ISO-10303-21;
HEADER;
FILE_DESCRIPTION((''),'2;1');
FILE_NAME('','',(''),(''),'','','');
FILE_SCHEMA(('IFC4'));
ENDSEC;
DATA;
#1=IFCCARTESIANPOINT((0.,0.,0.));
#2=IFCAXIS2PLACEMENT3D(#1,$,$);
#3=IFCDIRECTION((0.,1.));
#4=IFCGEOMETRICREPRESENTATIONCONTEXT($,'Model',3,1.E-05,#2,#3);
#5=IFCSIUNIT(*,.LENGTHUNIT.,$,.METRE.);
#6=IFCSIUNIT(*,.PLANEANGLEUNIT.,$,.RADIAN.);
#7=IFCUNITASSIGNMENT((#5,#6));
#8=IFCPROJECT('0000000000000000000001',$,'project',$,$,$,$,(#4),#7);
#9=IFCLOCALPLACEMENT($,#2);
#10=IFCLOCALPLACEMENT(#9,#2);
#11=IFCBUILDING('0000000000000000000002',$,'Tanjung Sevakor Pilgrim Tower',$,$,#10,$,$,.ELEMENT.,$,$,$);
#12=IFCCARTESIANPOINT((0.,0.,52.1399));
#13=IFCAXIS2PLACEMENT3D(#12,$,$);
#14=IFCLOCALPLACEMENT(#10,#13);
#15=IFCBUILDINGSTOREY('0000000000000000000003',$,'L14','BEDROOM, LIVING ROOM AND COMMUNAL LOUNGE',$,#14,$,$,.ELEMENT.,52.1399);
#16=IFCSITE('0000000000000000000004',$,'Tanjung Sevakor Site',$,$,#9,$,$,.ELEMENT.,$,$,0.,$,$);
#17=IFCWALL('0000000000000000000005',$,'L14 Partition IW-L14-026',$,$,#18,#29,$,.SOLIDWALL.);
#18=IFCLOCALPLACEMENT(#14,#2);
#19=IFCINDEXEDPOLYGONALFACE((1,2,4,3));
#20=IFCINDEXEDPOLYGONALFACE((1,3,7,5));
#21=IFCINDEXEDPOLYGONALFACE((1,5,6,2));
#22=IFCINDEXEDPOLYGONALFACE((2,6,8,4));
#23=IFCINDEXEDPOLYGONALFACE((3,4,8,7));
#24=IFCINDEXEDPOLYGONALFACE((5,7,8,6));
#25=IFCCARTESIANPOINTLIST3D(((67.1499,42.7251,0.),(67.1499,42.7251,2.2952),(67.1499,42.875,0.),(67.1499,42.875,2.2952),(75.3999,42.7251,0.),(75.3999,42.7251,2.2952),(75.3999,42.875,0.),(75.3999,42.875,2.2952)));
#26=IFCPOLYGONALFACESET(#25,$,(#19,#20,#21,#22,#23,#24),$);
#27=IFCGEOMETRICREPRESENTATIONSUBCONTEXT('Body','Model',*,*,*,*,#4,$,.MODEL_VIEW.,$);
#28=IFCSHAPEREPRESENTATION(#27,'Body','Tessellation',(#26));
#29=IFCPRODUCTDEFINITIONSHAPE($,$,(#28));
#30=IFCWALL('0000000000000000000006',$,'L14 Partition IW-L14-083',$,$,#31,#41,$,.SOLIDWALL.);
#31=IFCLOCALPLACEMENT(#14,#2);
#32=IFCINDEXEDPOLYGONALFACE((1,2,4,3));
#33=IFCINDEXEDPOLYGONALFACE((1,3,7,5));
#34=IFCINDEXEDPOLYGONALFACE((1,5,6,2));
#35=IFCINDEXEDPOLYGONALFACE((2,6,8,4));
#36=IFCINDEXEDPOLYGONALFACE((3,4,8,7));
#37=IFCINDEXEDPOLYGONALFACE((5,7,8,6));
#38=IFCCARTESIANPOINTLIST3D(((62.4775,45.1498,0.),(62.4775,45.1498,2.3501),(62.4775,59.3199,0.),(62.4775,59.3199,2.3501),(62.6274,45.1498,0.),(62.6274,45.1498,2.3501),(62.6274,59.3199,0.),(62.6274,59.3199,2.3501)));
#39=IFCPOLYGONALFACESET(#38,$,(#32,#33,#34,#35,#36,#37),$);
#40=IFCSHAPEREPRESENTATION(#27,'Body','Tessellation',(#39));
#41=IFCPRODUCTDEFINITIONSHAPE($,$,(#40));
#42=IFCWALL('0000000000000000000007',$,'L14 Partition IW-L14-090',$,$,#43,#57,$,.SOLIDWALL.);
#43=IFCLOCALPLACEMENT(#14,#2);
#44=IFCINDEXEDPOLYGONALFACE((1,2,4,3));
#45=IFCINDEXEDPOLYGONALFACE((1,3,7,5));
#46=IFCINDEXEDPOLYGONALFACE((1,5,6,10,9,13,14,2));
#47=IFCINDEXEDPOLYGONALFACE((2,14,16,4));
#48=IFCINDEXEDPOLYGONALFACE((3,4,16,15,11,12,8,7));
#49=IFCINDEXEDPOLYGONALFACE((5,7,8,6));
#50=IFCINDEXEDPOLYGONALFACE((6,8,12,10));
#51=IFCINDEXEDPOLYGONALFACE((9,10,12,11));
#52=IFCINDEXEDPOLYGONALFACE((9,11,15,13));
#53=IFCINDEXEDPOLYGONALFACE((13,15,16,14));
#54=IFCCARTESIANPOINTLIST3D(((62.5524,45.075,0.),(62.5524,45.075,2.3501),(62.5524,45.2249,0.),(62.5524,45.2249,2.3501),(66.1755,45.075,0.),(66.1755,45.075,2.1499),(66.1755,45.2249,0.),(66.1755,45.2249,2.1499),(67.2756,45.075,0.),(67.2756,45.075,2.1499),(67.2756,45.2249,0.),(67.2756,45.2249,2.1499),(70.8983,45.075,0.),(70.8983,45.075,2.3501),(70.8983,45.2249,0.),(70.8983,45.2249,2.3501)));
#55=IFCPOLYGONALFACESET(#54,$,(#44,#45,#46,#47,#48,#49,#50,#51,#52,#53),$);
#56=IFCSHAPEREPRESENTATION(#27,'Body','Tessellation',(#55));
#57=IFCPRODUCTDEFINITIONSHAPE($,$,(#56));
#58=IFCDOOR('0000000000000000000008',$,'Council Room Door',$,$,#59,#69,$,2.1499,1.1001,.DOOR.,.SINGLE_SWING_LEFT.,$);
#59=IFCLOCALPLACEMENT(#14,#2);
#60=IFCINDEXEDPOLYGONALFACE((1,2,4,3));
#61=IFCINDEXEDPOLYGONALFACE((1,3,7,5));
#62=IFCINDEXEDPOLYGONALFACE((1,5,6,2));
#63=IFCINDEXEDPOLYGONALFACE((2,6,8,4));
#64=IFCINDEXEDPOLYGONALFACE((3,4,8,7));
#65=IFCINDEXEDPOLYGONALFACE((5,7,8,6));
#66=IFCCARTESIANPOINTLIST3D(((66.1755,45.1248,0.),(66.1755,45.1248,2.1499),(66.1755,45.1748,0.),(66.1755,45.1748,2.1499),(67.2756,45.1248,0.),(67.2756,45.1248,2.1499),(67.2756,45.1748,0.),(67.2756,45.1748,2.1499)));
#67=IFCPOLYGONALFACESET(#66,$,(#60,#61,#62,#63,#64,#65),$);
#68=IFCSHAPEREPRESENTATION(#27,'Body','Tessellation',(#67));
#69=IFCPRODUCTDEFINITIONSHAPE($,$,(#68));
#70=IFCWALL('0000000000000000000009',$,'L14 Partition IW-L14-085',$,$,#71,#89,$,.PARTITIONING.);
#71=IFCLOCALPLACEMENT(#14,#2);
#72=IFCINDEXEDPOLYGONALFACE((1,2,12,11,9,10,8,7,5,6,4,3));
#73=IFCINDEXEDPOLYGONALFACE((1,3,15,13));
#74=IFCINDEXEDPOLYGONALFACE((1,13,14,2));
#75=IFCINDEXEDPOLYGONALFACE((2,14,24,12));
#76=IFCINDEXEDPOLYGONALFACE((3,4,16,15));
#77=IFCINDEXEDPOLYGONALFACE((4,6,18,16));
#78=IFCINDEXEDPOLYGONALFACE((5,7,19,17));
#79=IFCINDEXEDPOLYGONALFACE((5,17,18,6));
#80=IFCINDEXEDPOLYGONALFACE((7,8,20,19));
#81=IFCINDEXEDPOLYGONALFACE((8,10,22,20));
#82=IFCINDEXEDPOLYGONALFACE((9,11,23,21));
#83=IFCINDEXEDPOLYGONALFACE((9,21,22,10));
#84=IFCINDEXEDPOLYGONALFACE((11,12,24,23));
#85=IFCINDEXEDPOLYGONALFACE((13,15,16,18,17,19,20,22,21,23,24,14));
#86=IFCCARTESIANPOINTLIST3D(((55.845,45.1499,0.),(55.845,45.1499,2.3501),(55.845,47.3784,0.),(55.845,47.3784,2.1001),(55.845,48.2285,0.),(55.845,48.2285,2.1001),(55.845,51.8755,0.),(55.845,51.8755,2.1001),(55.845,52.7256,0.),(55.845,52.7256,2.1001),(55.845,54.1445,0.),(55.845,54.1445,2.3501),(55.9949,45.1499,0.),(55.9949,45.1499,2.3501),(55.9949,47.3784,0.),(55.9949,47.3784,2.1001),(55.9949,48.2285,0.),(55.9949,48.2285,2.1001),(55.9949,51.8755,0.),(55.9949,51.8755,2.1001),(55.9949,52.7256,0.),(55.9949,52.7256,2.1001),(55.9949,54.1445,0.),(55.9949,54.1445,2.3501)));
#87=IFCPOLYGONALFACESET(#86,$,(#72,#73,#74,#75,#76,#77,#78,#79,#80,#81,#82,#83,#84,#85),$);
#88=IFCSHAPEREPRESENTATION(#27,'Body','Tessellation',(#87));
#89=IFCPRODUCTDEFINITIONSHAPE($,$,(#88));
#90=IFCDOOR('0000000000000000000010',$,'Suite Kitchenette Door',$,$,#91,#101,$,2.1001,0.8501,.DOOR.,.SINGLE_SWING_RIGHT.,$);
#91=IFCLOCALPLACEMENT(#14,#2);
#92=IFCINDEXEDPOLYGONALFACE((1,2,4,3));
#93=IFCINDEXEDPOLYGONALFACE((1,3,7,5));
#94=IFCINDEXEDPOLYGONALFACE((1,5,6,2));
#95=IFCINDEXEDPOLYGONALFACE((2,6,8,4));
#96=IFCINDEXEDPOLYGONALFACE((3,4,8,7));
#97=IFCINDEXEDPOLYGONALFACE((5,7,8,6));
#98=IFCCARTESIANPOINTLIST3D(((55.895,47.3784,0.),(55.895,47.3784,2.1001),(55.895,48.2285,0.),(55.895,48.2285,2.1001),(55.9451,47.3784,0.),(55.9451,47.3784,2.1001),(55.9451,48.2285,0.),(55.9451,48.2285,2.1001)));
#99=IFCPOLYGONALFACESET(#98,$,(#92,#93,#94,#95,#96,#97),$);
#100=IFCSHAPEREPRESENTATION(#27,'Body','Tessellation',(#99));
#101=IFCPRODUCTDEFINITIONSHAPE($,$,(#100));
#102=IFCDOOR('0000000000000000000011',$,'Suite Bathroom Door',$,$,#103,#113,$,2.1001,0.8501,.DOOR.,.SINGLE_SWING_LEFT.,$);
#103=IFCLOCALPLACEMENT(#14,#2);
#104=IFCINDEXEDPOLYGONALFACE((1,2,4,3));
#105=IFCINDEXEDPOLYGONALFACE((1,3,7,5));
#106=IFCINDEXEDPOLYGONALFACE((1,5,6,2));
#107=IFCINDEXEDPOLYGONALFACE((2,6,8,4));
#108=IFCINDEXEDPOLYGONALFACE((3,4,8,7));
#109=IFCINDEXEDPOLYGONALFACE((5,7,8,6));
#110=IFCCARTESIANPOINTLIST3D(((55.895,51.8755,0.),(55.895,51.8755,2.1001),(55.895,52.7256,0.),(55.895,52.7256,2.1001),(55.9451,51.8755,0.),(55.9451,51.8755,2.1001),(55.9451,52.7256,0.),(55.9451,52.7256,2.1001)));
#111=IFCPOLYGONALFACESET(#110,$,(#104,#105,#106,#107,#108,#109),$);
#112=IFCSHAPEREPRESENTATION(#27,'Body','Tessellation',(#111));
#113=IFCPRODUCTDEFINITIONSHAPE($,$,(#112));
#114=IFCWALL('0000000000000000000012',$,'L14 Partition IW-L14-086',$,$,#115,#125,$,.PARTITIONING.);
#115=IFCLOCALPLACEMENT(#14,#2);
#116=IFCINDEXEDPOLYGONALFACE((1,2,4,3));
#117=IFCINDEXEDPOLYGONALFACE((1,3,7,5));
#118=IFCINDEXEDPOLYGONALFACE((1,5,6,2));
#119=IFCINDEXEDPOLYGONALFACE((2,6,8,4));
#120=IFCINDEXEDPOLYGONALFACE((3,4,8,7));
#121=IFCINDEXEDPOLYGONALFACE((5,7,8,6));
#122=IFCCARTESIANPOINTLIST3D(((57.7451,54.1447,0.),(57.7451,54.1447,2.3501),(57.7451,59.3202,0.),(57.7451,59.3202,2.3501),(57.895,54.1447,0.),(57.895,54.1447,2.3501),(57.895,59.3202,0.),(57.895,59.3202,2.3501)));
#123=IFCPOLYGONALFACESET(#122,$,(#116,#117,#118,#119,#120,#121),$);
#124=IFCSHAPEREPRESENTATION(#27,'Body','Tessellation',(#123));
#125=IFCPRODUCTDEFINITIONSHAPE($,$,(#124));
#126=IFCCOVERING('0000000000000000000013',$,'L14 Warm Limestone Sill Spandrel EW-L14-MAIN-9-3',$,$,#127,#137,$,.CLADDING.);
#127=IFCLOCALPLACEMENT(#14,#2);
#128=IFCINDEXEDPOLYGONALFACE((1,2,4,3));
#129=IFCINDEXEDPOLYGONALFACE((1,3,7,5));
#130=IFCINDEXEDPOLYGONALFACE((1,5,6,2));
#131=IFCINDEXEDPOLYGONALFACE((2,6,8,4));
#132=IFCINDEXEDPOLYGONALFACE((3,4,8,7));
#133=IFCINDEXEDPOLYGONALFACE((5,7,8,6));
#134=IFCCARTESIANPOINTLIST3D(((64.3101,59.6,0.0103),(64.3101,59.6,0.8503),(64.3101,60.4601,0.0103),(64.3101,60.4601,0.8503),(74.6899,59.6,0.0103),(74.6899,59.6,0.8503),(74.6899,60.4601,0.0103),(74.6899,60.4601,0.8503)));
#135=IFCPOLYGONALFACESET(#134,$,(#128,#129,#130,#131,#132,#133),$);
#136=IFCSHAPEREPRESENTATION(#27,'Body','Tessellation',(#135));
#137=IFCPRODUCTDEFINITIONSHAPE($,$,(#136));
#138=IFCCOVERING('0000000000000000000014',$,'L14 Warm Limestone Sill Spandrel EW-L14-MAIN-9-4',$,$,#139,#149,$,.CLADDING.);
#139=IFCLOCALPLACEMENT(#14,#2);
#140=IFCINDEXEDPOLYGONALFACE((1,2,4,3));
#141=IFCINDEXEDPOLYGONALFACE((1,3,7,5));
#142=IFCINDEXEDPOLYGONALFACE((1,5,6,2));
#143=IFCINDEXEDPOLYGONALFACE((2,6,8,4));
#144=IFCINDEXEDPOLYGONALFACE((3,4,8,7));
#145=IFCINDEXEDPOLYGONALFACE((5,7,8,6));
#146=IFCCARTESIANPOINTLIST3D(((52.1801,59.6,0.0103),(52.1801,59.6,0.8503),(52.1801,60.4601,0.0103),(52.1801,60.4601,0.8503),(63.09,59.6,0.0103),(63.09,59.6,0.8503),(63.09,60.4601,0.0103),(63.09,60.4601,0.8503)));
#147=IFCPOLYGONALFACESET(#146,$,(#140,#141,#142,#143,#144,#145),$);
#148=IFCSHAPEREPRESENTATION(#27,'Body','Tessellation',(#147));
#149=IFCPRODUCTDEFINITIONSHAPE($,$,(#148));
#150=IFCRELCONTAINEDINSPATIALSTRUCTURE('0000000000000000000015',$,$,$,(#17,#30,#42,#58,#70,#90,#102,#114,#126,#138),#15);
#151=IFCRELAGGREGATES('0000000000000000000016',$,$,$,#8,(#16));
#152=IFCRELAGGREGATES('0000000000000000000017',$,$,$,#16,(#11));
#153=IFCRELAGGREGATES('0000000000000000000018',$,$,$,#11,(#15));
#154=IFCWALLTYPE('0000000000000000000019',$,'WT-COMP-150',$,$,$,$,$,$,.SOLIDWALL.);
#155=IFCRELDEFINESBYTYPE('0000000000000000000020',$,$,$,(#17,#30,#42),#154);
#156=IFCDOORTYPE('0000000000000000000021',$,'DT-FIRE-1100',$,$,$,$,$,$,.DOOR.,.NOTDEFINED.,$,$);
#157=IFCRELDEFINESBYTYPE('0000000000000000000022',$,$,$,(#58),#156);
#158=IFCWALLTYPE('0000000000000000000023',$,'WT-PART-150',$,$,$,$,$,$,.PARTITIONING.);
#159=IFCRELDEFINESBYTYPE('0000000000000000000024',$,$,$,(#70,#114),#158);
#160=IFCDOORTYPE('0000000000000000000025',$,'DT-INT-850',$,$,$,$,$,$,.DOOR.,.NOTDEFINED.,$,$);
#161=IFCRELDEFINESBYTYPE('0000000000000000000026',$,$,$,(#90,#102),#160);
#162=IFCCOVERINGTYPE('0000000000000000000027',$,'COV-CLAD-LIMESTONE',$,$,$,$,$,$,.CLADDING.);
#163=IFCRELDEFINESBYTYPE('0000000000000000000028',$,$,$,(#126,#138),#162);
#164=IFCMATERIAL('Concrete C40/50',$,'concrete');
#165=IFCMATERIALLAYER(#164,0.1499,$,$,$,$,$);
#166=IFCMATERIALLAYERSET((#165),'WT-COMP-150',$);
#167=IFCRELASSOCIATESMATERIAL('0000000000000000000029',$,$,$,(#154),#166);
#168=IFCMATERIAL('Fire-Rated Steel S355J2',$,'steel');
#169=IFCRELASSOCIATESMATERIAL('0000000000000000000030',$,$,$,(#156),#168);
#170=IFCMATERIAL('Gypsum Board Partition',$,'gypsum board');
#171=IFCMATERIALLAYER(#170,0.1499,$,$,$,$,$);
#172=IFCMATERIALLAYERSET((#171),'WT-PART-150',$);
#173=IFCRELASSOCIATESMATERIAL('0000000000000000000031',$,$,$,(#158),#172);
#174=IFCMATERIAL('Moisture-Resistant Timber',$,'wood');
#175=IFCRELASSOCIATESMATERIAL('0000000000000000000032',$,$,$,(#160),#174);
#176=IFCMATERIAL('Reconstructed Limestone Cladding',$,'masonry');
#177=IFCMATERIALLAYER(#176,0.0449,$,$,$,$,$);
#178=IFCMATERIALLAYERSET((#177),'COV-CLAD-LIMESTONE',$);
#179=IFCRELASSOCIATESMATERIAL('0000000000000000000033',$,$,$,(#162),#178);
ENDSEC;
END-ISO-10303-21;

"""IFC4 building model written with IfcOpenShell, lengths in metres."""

from ifc_helpers import new_model, si_unit, direction, frame, frame_2d, origin, origin_2d, place, context, subcontext, project, spatial, rectangle, extrude, material, layer, layer_set, type_object, element, fill, save


model = new_model("IFC4")

# Units and contexts
model_context = context("Model", 3, precision=1e-05, world=origin(), true_north=direction((0.0, 1.0)))
body_context = subcontext(model_context, "Body", "Model", "MODEL_VIEW")
ifc_project = project(units=[si_unit("LENGTHUNIT", "METRE"), si_unit("PLANEANGLEUNIT", "RADIAN")], contexts=[model_context])

# Site, building, storey
site_placement = place(None, origin())
site = spatial("IfcSite", under=ifc_project, at=site_placement, Name="Tanjung Sevakor Site", CompositionType="ELEMENT", RefElevation=0.0)
building_placement = place(site_placement, origin())
building = spatial("IfcBuilding", under=site, at=building_placement, Name="Tanjung Sevakor Pilgrim Tower", CompositionType="ELEMENT")
storey_placement = place(building_placement, frame((0.0, 0.0, 52.1399)))
storey = spatial("IfcBuildingStorey", under=building, at=storey_placement, Name="L14", Description="BEDROOM, LIVING ROOM AND COMMUNAL LOUNGE", CompositionType="ELEMENT", Elevation=52.1399)

# Walls
ifc_material_1 = material(Name="Concrete C40/50", Category="concrete")
ifc_layer_1 = layer(ifc_material_1, 0.1499)
ifc_layer_set_1 = layer_set([ifc_layer_1], Name="WT-COMP-150")
wall_type_1 = type_object("IfcWallType", Name="WT-COMP-150", PredefinedType="SOLIDWALL", material=ifc_layer_set_1)
wall_1_placement = place(storey_placement, frame((67.1499, 42.8, 0.0), z_axis=(0.0, 0.0, 1.0), x_axis=(1.0, 0.0, 0.0)))
element("IfcWall", 1, at=wall_1_placement, inside=storey, type_object=wall_type_1, Name="L14 Partition IW-L14-026", PredefinedType="SOLIDWALL", context=body_context, shape_type="SweptSolid", body=[
    extrude(rectangle(XDim=8.25, YDim=0.1499, at=frame_2d((4.125, 0.0))), origin(), (0.0, 0.0, 1.0), 2.2952),
])
wall_2_placement = place(storey_placement, frame((62.5525, 45.1499, 0.0), z_axis=(0.0, 0.0, 1.0), x_axis=(0.0, 1.0, 0.0)))
element("IfcWall", 2, at=wall_2_placement, inside=storey, type_object=wall_type_1, Name="L14 Partition IW-L14-083", PredefinedType="SOLIDWALL", context=body_context, shape_type="SweptSolid", body=[
    extrude(rectangle(XDim=14.1702, YDim=0.1499, at=frame_2d((7.085, 0.0))), origin(), (0.0, 0.0, 1.0), 2.3501),
])

# Wall, opening, door
wall_3_placement = place(storey_placement, frame((62.5525, 45.1499, 0.0), z_axis=(0.0, 0.0, 1.0), x_axis=(1.0, 0.0, 0.0)))
wall_3 = element("IfcWall", 3, at=wall_3_placement, inside=storey, type_object=wall_type_1, Name="L14 Partition IW-L14-090", PredefinedType="SOLIDWALL", context=body_context, shape_type="SweptSolid", body=[
    extrude(rectangle(XDim=8.3459, YDim=0.1499, at=frame_2d((4.1729, 0.0))), origin(), (0.0, 0.0, 1.0), 2.3501),
])
opening_1_placement = place(wall_3_placement, frame((3.623, 0.0, 0.0)))
opening_1 = element("IfcOpeningElement", 4, at=opening_1_placement, cuts=wall_3, PredefinedType="OPENING", context=body_context, shape_type="SweptSolid", body=[
    extrude(rectangle(XDim=1.1001, YDim=2.1499, at=frame_2d((0.55, 1.075))), frame((0.0, 0.085, 0.0), z_axis=(0.0, -1.0, 0.0), x_axis=(1.0, 0.0, 0.0)), (0.0, 0.0, 1.0), 0.1699),
])
ifc_material_2 = material(Name="Fire-Rated Steel S355J2", Category="steel")
door_type_1 = type_object("IfcDoorType", Name="DT-FIRE-1100", OperationType="NOTDEFINED", PredefinedType="DOOR", material=ifc_material_2)
door_1_placement = place(opening_1_placement, origin())
door_1 = element("IfcDoor", 5, at=door_1_placement, inside=storey, type_object=door_type_1, Name="Council Room Door", OperationType="SINGLE_SWING_LEFT", OverallHeight=2.1499, OverallWidth=1.1001, PredefinedType="DOOR", context=body_context, shape_type="SweptSolid", body=[
    extrude(rectangle(XDim=1.1001, YDim=2.1499, at=frame_2d((0.55, 1.075))), frame((0.0, 0.0249, 0.0), z_axis=(0.0, -1.0, 0.0), x_axis=(1.0, 0.0, 0.0)), (0.0, 0.0, 1.0), 0.05),
])
fill(opening_1, door_1)

# Wall, openings, doors
ifc_material_3 = material(Name="Gypsum Board Partition", Category="gypsum board")
ifc_layer_2 = layer(ifc_material_3, 0.1499)
ifc_layer_set_2 = layer_set([ifc_layer_2], Name="WT-PART-150")
wall_type_2 = type_object("IfcWallType", Name="WT-PART-150", PredefinedType="PARTITIONING", material=ifc_layer_set_2)
wall_4_placement = place(storey_placement, frame((55.9199, 45.1499, 0.0), z_axis=(0.0, 0.0, 1.0), x_axis=(0.0, 1.0, 0.0)))
wall_4 = element("IfcWall", 6, at=wall_4_placement, inside=storey, type_object=wall_type_2, Name="L14 Partition IW-L14-085", PredefinedType="PARTITIONING", context=body_context, shape_type="SweptSolid", body=[
    extrude(rectangle(XDim=8.9946, YDim=0.1499, at=frame_2d((4.4973, 0.0))), origin(), (0.0, 0.0, 1.0), 2.3501),
])
opening_2_placement = place(wall_4_placement, frame((2.2285, 0.0, 0.0)))
opening_2 = element("IfcOpeningElement", 7, at=opening_2_placement, cuts=wall_4, PredefinedType="OPENING", context=body_context, shape_type="SweptSolid", body=[
    extrude(rectangle(XDim=0.8501, YDim=2.1001, at=frame_2d((0.425, 1.05))), frame((0.0, 0.085, 0.0), z_axis=(0.0, -1.0, 0.0), x_axis=(1.0, 0.0, 0.0)), (0.0, 0.0, 1.0), 0.1699),
])
opening_3_placement = place(wall_4_placement, frame((6.7256, 0.0, 0.0)))
opening_3 = element("IfcOpeningElement", 8, at=opening_3_placement, cuts=wall_4, PredefinedType="OPENING", context=body_context, shape_type="SweptSolid", body=[
    extrude(rectangle(XDim=0.8501, YDim=2.1001, at=frame_2d((0.425, 1.05))), frame((0.0, 0.085, 0.0), z_axis=(0.0, -1.0, 0.0), x_axis=(1.0, 0.0, 0.0)), (0.0, 0.0, 1.0), 0.1699),
])
ifc_material_4 = material(Name="Moisture-Resistant Timber", Category="wood")
door_type_2 = type_object("IfcDoorType", Name="DT-INT-850", OperationType="NOTDEFINED", PredefinedType="DOOR", material=ifc_material_4)
door_2_placement = place(opening_2_placement, origin())
door_2 = element("IfcDoor", 9, at=door_2_placement, inside=storey, type_object=door_type_2, Name="Suite Kitchenette Door", OperationType="SINGLE_SWING_RIGHT", OverallHeight=2.1001, OverallWidth=0.8501, PredefinedType="DOOR", context=body_context, shape_type="SweptSolid", body=[
    extrude(rectangle(XDim=0.8501, YDim=2.1001, at=frame_2d((0.425, 1.05))), frame((0.0, 0.0249, 0.0), z_axis=(0.0, -1.0, 0.0), x_axis=(1.0, 0.0, 0.0)), (0.0, 0.0, 1.0), 0.05),
])
fill(opening_2, door_2)
door_3_placement = place(opening_3_placement, origin())
door_3 = element("IfcDoor", 10, at=door_3_placement, inside=storey, type_object=door_type_2, Name="Suite Bathroom Door", OperationType="SINGLE_SWING_LEFT", OverallHeight=2.1001, OverallWidth=0.8501, PredefinedType="DOOR", context=body_context, shape_type="SweptSolid", body=[
    extrude(rectangle(XDim=0.8501, YDim=2.1001, at=frame_2d((0.425, 1.05))), frame((0.0, 0.0249, 0.0), z_axis=(0.0, -1.0, 0.0), x_axis=(1.0, 0.0, 0.0)), (0.0, 0.0, 1.0), 0.05),
])
fill(opening_3, door_3)

# Wall
wall_5_placement = place(storey_placement, frame((57.8201, 54.1445, 0.0), z_axis=(0.0, 0.0, 1.0), x_axis=(0.0, 1.0, 0.0)))
element("IfcWall", 11, at=wall_5_placement, inside=storey, type_object=wall_type_2, Name="L14 Partition IW-L14-086", PredefinedType="PARTITIONING", context=body_context, shape_type="SweptSolid", body=[
    extrude(rectangle(XDim=5.1755, YDim=0.1499, at=frame_2d((2.5879, 0.0))), origin(), (0.0, 0.0, 1.0), 2.3501),
])

# Coverings
ifc_material_5 = material(Name="Reconstructed Limestone Cladding", Category="masonry")
ifc_layer_3 = layer(ifc_material_5, 0.0449)
ifc_layer_set_3 = layer_set([ifc_layer_3], Name="COV-CLAD-LIMESTONE")
covering_type = type_object("IfcCoveringType", Name="COV-CLAD-LIMESTONE", PredefinedType="CLADDING", material=ifc_layer_set_3)
covering_1_placement = place(storey_placement, frame((69.5, 60.03, 0.0103), z_axis=(0.0, 0.0, 1.0), x_axis=(-1.0, 0.0, 0.0)))
element("IfcCovering", 12, at=covering_1_placement, inside=storey, type_object=covering_type, Name="L14 Warm Limestone Sill Spandrel EW-L14-MAIN-9-3", PredefinedType="CLADDING", context=body_context, shape_type="SweptSolid", body=[
    extrude(rectangle(XDim=10.3799, YDim=0.8601, at=origin_2d()), origin(), (0.0, 0.0, 1.0), 0.8401),
])
covering_2_placement = place(storey_placement, frame((57.635, 60.03, 0.0103), z_axis=(0.0, 0.0, 1.0), x_axis=(-1.0, 0.0, 0.0)))
element("IfcCovering", 13, at=covering_2_placement, inside=storey, type_object=covering_type, Name="L14 Warm Limestone Sill Spandrel EW-L14-MAIN-9-4", PredefinedType="CLADDING", context=body_context, shape_type="SweptSolid", body=[
    extrude(rectangle(XDim=10.9099, YDim=0.8601, at=origin_2d()), origin(), (0.0, 0.0, 1.0), 0.8401),
])

save(model, "model.ifc")
